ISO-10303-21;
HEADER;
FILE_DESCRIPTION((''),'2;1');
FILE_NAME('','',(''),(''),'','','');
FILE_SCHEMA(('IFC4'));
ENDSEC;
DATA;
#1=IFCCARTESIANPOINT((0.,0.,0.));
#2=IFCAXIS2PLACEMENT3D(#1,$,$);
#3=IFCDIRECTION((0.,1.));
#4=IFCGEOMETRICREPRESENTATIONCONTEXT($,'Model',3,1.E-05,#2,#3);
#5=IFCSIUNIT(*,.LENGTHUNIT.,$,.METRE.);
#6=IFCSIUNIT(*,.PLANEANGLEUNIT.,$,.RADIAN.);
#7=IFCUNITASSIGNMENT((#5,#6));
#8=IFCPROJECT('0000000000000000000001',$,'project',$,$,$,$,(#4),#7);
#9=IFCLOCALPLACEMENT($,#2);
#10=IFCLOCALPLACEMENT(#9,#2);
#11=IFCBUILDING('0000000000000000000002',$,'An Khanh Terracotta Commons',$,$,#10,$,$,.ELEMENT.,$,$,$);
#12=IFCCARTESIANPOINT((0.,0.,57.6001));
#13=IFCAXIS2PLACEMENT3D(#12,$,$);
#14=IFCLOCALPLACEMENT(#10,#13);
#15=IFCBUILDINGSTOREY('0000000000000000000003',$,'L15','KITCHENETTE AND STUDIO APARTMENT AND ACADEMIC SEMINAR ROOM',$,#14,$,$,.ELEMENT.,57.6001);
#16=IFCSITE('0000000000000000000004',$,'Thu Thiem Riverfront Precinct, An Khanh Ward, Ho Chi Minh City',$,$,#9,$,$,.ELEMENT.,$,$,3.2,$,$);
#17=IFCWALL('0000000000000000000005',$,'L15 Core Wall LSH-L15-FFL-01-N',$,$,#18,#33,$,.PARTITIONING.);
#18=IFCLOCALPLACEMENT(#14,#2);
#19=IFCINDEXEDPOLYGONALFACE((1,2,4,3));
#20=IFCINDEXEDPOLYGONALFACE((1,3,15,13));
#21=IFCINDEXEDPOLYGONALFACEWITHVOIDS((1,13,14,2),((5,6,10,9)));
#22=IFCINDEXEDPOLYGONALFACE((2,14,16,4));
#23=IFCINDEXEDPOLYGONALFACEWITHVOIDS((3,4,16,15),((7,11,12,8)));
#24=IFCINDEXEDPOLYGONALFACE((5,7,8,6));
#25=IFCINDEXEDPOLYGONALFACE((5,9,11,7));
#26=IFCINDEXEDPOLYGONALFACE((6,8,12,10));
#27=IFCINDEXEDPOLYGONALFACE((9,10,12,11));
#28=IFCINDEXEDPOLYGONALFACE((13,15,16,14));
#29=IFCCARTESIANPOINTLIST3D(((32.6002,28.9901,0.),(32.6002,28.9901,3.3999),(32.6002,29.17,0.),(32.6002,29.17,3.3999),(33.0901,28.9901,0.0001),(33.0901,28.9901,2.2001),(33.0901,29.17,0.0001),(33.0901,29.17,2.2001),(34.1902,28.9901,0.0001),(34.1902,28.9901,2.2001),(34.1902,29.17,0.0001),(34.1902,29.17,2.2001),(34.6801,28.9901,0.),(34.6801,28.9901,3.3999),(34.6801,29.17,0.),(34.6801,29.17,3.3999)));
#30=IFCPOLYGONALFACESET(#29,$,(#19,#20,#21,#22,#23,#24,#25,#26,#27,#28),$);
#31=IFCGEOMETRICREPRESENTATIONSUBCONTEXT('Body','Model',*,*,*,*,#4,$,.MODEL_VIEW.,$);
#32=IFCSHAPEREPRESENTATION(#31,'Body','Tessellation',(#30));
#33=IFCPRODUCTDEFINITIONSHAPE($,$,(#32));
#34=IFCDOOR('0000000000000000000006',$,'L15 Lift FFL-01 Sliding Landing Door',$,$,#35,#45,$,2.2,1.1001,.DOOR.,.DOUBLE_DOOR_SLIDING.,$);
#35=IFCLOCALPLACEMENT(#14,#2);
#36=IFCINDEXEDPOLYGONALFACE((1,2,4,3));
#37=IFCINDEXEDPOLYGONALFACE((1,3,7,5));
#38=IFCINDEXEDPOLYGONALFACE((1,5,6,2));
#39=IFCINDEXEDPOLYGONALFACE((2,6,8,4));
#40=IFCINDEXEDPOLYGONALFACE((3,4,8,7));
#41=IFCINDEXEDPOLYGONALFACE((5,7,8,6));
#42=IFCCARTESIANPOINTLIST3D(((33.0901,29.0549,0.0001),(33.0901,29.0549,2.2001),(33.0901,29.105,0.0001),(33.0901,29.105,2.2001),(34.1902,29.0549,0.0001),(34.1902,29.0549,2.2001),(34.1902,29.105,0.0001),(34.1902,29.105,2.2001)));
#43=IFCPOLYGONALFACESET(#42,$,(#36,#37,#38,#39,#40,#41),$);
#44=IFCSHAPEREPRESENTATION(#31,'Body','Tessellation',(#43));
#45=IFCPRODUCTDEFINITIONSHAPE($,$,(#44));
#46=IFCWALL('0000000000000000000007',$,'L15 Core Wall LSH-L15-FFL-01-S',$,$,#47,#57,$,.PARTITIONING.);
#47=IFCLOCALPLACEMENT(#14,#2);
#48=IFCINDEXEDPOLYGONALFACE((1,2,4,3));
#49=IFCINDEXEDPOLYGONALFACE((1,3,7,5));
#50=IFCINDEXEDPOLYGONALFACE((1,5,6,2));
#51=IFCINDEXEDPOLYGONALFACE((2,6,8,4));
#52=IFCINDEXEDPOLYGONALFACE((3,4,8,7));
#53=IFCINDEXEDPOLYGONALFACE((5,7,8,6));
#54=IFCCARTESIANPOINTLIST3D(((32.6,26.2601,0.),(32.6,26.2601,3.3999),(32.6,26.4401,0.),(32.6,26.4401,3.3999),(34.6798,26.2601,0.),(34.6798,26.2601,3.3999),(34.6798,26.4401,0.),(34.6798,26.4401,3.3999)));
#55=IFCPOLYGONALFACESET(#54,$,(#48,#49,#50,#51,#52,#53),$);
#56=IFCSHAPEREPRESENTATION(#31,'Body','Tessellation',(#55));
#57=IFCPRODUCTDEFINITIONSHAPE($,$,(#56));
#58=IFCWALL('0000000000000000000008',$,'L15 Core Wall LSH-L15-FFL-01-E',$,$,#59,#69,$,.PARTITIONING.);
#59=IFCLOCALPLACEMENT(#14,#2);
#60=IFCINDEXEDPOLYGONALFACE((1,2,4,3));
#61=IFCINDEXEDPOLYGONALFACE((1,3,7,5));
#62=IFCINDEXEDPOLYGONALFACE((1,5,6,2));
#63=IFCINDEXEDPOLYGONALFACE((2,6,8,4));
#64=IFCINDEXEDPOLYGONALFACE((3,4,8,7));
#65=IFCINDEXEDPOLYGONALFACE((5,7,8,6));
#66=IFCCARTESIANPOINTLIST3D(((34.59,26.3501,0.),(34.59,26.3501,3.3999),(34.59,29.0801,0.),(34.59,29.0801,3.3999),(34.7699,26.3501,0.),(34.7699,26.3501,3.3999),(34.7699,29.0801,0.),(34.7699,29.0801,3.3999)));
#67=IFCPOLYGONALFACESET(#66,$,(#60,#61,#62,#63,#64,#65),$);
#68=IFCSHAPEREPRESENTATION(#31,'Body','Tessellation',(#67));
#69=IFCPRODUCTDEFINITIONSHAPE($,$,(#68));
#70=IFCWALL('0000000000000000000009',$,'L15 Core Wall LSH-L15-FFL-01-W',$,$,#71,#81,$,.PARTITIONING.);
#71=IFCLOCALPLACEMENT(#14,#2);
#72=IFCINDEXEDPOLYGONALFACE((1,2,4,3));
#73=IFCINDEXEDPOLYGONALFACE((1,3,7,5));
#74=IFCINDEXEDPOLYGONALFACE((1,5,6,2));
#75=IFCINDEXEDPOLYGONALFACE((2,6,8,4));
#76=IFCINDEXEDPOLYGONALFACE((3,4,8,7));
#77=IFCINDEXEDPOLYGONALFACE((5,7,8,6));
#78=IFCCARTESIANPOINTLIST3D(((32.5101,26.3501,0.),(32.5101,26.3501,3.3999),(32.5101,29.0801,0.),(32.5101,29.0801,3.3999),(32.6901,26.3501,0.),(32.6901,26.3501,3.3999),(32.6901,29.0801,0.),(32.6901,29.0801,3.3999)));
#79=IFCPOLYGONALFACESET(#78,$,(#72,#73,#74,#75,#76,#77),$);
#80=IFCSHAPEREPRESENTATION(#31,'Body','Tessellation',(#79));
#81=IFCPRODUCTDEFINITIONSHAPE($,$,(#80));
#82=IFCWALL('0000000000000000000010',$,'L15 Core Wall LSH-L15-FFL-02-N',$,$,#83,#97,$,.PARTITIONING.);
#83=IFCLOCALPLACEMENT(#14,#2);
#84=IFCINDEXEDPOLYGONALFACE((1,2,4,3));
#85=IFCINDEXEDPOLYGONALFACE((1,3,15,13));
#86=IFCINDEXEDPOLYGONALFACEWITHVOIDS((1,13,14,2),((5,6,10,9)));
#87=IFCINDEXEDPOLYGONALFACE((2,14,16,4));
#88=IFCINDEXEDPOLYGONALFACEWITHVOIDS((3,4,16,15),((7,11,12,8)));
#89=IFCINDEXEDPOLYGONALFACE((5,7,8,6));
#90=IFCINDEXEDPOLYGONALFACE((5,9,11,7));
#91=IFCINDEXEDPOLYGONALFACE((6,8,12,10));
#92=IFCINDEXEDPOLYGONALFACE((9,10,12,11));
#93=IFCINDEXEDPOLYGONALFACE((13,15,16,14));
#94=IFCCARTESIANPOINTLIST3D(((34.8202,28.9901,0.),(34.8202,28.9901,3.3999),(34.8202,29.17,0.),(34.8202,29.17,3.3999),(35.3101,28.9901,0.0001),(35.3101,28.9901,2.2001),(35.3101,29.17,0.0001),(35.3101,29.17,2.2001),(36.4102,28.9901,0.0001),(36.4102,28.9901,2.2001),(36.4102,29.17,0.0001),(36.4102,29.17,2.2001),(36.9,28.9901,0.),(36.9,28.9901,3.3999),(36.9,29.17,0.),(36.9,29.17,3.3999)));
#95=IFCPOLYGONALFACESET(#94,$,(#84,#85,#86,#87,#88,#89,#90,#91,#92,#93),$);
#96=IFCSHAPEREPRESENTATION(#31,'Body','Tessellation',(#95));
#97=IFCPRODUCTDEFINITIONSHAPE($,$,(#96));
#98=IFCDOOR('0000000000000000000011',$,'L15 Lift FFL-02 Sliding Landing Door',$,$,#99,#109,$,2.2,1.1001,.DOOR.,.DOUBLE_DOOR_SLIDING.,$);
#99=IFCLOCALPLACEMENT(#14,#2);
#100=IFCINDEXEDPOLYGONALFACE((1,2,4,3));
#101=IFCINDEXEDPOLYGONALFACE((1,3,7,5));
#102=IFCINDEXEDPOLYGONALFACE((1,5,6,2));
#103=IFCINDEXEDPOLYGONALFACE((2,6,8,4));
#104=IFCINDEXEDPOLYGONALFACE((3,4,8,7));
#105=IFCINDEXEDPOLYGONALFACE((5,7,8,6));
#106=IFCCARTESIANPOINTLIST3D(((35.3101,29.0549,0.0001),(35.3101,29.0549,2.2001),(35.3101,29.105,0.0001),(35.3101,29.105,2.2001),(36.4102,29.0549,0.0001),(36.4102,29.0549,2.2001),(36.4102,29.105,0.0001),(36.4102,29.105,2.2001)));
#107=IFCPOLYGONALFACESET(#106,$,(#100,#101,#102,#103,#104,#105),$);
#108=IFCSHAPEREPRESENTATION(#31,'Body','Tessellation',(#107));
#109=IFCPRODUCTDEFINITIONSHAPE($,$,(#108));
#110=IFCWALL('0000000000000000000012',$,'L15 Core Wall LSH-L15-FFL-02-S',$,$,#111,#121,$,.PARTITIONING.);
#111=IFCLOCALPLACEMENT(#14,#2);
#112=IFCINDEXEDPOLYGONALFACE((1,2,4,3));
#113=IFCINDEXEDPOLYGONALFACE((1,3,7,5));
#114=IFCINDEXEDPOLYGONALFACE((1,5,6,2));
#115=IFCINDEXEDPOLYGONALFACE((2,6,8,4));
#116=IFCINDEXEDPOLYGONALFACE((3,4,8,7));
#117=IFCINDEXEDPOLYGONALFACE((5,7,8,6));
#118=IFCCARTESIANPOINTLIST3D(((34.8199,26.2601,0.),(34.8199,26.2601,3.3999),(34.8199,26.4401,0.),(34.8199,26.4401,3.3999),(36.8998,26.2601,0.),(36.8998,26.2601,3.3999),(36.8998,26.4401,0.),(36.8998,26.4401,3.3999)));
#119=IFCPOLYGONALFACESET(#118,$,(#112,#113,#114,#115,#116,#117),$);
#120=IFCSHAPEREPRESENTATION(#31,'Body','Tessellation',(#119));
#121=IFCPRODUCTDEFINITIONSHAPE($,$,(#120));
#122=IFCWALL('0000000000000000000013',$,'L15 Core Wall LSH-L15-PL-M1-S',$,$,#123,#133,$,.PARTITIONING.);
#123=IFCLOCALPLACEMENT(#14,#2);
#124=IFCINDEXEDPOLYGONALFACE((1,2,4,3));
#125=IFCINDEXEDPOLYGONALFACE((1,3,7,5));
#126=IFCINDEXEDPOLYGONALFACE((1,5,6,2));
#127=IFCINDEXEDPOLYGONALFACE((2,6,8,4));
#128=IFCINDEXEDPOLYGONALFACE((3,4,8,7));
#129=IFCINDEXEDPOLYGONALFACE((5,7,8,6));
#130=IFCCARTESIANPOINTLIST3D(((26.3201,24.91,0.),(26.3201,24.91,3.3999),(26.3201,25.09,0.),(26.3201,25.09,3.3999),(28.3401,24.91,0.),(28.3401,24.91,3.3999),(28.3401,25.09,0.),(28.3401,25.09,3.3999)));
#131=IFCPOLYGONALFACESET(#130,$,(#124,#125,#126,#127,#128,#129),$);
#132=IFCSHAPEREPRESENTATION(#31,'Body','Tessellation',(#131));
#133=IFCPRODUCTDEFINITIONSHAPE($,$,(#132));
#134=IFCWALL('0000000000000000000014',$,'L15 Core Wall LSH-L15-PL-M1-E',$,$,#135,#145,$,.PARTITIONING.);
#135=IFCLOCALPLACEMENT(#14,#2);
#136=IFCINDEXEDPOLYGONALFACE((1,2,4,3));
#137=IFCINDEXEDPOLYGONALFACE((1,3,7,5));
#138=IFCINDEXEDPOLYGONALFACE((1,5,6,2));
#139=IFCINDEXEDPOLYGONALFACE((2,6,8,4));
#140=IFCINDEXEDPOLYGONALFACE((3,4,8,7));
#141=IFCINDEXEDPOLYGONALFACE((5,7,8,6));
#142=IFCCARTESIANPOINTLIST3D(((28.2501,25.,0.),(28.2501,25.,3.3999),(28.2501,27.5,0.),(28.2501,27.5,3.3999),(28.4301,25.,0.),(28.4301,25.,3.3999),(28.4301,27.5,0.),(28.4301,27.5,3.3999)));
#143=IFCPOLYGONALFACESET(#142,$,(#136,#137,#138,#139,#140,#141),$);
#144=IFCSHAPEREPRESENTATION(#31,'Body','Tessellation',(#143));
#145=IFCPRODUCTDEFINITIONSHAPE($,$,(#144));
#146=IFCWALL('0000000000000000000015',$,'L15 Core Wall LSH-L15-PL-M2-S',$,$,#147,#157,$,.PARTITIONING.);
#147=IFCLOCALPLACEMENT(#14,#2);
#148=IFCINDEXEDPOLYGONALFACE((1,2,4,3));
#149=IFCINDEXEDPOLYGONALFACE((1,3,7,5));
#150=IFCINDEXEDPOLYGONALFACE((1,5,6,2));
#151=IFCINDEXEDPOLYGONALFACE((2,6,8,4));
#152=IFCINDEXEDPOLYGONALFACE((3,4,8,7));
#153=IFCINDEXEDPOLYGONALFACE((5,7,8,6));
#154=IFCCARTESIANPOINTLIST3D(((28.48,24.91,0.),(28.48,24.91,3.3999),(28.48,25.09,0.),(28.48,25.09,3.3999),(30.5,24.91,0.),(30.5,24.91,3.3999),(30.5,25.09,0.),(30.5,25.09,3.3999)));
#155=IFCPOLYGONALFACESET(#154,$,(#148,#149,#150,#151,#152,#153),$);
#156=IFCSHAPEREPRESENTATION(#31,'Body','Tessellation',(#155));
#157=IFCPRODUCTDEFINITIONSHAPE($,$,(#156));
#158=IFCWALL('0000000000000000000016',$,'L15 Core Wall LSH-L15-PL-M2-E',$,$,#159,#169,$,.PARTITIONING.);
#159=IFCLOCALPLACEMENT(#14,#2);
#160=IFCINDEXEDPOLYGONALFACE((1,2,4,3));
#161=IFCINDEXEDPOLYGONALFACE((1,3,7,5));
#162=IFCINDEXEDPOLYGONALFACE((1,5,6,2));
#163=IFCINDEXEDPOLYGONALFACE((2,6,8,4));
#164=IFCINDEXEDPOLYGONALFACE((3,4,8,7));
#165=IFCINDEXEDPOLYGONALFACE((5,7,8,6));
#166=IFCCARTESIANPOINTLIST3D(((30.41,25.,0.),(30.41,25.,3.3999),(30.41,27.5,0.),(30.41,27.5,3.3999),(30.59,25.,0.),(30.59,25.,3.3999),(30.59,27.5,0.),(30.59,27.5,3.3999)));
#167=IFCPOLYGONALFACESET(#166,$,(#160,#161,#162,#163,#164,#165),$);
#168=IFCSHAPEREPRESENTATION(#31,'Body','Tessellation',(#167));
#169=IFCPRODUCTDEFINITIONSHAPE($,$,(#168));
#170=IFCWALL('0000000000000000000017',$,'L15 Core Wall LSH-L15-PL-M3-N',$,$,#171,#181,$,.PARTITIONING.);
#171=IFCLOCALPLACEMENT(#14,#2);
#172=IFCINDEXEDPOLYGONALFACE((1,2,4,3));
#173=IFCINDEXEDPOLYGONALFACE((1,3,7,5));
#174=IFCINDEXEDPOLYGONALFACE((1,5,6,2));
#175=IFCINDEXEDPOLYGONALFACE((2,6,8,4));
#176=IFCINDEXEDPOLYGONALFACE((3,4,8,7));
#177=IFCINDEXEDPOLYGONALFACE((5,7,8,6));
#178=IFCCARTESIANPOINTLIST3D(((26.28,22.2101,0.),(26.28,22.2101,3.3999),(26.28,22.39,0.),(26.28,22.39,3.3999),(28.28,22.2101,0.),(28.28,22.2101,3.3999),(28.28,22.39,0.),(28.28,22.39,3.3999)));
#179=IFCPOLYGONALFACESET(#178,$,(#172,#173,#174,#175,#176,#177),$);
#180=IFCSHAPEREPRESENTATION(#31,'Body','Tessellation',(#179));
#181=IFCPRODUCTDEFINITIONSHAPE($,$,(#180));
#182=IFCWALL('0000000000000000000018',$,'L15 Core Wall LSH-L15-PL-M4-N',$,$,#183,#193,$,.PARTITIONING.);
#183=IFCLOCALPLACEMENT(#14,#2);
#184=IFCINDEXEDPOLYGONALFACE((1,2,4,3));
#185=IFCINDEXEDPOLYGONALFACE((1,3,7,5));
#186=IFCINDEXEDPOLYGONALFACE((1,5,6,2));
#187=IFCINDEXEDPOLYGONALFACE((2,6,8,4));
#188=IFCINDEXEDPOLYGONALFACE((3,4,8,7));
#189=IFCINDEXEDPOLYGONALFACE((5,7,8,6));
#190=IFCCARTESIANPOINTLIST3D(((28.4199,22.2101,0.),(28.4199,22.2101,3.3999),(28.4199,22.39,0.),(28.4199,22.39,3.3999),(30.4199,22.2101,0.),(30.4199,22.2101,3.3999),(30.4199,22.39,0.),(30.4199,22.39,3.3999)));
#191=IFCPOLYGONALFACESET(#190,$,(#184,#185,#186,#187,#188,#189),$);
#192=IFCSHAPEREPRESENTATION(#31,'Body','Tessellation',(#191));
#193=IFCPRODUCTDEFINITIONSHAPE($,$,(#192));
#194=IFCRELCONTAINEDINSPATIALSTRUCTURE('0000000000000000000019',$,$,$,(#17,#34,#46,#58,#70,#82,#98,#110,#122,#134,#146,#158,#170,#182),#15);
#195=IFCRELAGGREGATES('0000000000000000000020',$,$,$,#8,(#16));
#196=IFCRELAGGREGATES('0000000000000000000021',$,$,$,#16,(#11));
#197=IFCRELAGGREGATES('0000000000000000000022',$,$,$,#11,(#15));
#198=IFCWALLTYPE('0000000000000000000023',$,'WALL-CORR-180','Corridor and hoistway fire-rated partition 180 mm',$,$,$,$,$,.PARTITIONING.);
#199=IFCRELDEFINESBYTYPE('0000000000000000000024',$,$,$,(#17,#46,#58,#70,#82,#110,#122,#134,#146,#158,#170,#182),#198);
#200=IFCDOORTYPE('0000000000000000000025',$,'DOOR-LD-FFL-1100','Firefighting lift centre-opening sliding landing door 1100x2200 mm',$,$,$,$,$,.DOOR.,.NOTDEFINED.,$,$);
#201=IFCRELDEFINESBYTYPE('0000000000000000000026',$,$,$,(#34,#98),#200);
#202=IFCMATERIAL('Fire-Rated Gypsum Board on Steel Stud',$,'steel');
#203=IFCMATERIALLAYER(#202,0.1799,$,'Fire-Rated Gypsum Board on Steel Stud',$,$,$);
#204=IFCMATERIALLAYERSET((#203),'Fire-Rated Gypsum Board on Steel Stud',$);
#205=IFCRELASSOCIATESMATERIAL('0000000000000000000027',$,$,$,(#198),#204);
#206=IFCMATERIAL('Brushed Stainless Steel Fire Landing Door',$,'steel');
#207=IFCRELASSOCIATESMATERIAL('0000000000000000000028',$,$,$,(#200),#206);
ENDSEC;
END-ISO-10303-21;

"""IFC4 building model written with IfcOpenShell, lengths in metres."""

from ifc_helpers import new_model, si_unit, direction, frame, frame_2d, origin, place, context, subcontext, project, spatial, rectangle, extrude, material, layer, layer_set, type_object, element, fill, save


model = new_model("IFC4")

# Units and contexts
model_context = context("Model", 3, precision=1e-05, world=origin(), true_north=direction((0.0, 1.0)))
body_context = subcontext(model_context, "Body", "Model", "MODEL_VIEW")
ifc_project = project(units=[si_unit("LENGTHUNIT", "METRE"), si_unit("PLANEANGLEUNIT", "RADIAN")], contexts=[model_context])

# Site, building, storey
site_placement = place(None, origin())
site = spatial("IfcSite", under=ifc_project, at=site_placement, Name="Thu Thiem Riverfront Precinct, An Khanh Ward, Ho Chi Minh City", CompositionType="ELEMENT", RefElevation=3.2)
building_placement = place(site_placement, origin())
building = spatial("IfcBuilding", under=site, at=building_placement, Name="An Khanh Terracotta Commons", CompositionType="ELEMENT")
storey_placement = place(building_placement, frame((0.0, 0.0, 57.6001)))
storey = spatial("IfcBuildingStorey", under=building, at=storey_placement, Name="L15", Description="KITCHENETTE AND STUDIO APARTMENT AND ACADEMIC SEMINAR ROOM", CompositionType="ELEMENT", Elevation=57.6001)

# Wall, opening, door
ifc_material_1 = material(Name="Fire-Rated Gypsum Board on Steel Stud", Category="steel")
ifc_layer = layer(ifc_material_1, 0.1799, Name="Fire-Rated Gypsum Board on Steel Stud")
ifc_layer_set = layer_set([ifc_layer], Name="Fire-Rated Gypsum Board on Steel Stud")
wall_type = type_object("IfcWallType", Name="WALL-CORR-180", Description="Corridor and hoistway fire-rated partition 180 mm", PredefinedType="PARTITIONING", material=ifc_layer_set)
wall_1_placement = place(storey_placement, frame((32.6001, 29.0801, 0.0), z_axis=(0.0, 0.0, 1.0), x_axis=(1.0, 0.0, 0.0)))
wall_1 = element("IfcWall", 1, at=wall_1_placement, inside=storey, type_object=wall_type, Name="L15 Core Wall LSH-L15-FFL-01-N", PredefinedType="PARTITIONING", context=body_context, shape_type="SweptSolid", body=[
    extrude(rectangle(XDim=2.0798, YDim=0.1799, at=frame_2d((1.04, 0.0))), origin(), (0.0, 0.0, 1.0), 3.3999),
])
opening_1_placement = place(wall_1_placement, frame((0.49, 0.0, 0.0)))
opening_1 = element("IfcOpeningElement", 2, at=opening_1_placement, cuts=wall_1, PredefinedType="OPENING", context=body_context, shape_type="SweptSolid", body=[
    extrude(rectangle(XDim=1.1001, YDim=2.2, at=frame_2d((0.55, 1.1001))), frame((0.0, 0.0999, 0.0), z_axis=(0.0, -1.0, 0.0), x_axis=(1.0, 0.0, 0.0)), (0.0, 0.0, 1.0), 0.2),
])
ifc_material_2 = material(Name="Brushed Stainless Steel Fire Landing Door", Category="steel")
door_type = type_object("IfcDoorType", Name="DOOR-LD-FFL-1100", Description="Firefighting lift centre-opening sliding landing door 1100x2200 mm", OperationType="NOTDEFINED", PredefinedType="DOOR", material=ifc_material_2)
door_1_placement = place(opening_1_placement, origin())
door_1 = element("IfcDoor", 3, at=door_1_placement, inside=storey, type_object=door_type, Name="L15 Lift FFL-01 Sliding Landing Door", OperationType="DOUBLE_DOOR_SLIDING", OverallHeight=2.2, OverallWidth=1.1001, PredefinedType="DOOR", context=body_context, shape_type="SweptSolid", body=[
    extrude(rectangle(XDim=1.1001, YDim=2.2, at=frame_2d((0.55, 1.1001))), frame((0.0, 0.0249, 0.0), z_axis=(0.0, -1.0, 0.0), x_axis=(1.0, 0.0, 0.0)), (0.0, 0.0, 1.0), 0.05),
])
fill(opening_1, door_1)

# Walls
wall_2_placement = place(storey_placement, frame((34.6799, 26.3501, 0.0), z_axis=(0.0, 0.0, 1.0), x_axis=(-1.0, 0.0, 0.0)))
element("IfcWall", 4, at=wall_2_placement, inside=storey, type_object=wall_type, Name="L15 Core Wall LSH-L15-FFL-01-S", PredefinedType="PARTITIONING", context=body_context, shape_type="SweptSolid", body=[
    extrude(rectangle(XDim=2.0798, YDim=0.1799, at=frame_2d((1.04, 0.0))), origin(), (0.0, 0.0, 1.0), 3.3999),
])
for number, where, z_axis, x_axis, name in (
    (5, (34.6799, 26.3501, 0.0), (0.0, 0.0, 1.0), (0.0, 1.0, 0.0), "L15 Core Wall LSH-L15-FFL-01-E"),
    (6, (32.6001, 29.0801, 0.0), (0.0, 0.0, 1.0), (0.0, -1.0, 0.0), "L15 Core Wall LSH-L15-FFL-01-W"),
):
    element("IfcWall", number, at=place(storey_placement, frame(where, z_axis=z_axis, x_axis=x_axis)), inside=storey, type_object=wall_type, Name=name, PredefinedType="PARTITIONING", context=body_context, shape_type="SweptSolid", body=[
        extrude(rectangle(XDim=2.73, YDim=0.1799, at=frame_2d((1.365, 0.0))), origin(), (0.0, 0.0, 1.0), 3.3999),
    ])

# Wall, opening, door
wall_3_placement = place(storey_placement, frame((34.8201, 29.0801, 0.0), z_axis=(0.0, 0.0, 1.0), x_axis=(1.0, 0.0, 0.0)))
wall_3 = element("IfcWall", 7, at=wall_3_placement, inside=storey, type_object=wall_type, Name="L15 Core Wall LSH-L15-FFL-02-N", PredefinedType="PARTITIONING", context=body_context, shape_type="SweptSolid", body=[
    extrude(rectangle(XDim=2.0798, YDim=0.1799, at=frame_2d((1.04, 0.0))), origin(), (0.0, 0.0, 1.0), 3.3999),
])
opening_2_placement = place(wall_3_placement, frame((0.49, 0.0, 0.0)))
opening_2 = element("IfcOpeningElement", 8, at=opening_2_placement, cuts=wall_3, PredefinedType="OPENING", context=body_context, shape_type="SweptSolid", body=[
    extrude(rectangle(XDim=1.1001, YDim=2.2, at=frame_2d((0.55, 1.1001))), frame((0.0, 0.0999, 0.0), z_axis=(0.0, -1.0, 0.0), x_axis=(1.0, 0.0, 0.0)), (0.0, 0.0, 1.0), 0.2),
])
door_2_placement = place(opening_2_placement, origin())
door_2 = element("IfcDoor", 9, at=door_2_placement, inside=storey, type_object=door_type, Name="L15 Lift FFL-02 Sliding Landing Door", OperationType="DOUBLE_DOOR_SLIDING", OverallHeight=2.2, OverallWidth=1.1001, PredefinedType="DOOR", context=body_context, shape_type="SweptSolid", body=[
    extrude(rectangle(XDim=1.1001, YDim=2.2, at=frame_2d((0.55, 1.1001))), frame((0.0, 0.0249, 0.0), z_axis=(0.0, -1.0, 0.0), x_axis=(1.0, 0.0, 0.0)), (0.0, 0.0, 1.0), 0.05),
])
fill(opening_2, door_2)

# Walls
wall_4_placement = place(storey_placement, frame((36.8999, 26.3501, 0.0), z_axis=(0.0, 0.0, 1.0), x_axis=(-1.0, 0.0, 0.0)))
element("IfcWall", 10, at=wall_4_placement, inside=storey, type_object=wall_type, Name="L15 Core Wall LSH-L15-FFL-02-S", PredefinedType="PARTITIONING", context=body_context, shape_type="SweptSolid", body=[
    extrude(rectangle(XDim=2.0798, YDim=0.1799, at=frame_2d((1.04, 0.0))), origin(), (0.0, 0.0, 1.0), 3.3999),
])
wall_5_placement = place(storey_placement, frame((28.3401, 25.0, 0.0), z_axis=(0.0, 0.0, 1.0), x_axis=(-1.0, 0.0, 0.0)))
element("IfcWall", 11, at=wall_5_placement, inside=storey, type_object=wall_type, Name="L15 Core Wall LSH-L15-PL-M1-S", PredefinedType="PARTITIONING", context=body_context, shape_type="SweptSolid", body=[
    extrude(rectangle(XDim=2.02, YDim=0.1799, at=frame_2d((1.01, 0.0))), origin(), (0.0, 0.0, 1.0), 3.3999),
])
wall_6_placement = place(storey_placement, frame((28.3401, 25.0, 0.0), z_axis=(0.0, 0.0, 1.0), x_axis=(0.0, 1.0, 0.0)))
element("IfcWall", 12, at=wall_6_placement, inside=storey, type_object=wall_type, Name="L15 Core Wall LSH-L15-PL-M1-E", PredefinedType="PARTITIONING", context=body_context, shape_type="SweptSolid", body=[
    extrude(rectangle(XDim=2.5, YDim=0.1799, at=frame_2d((1.25, 0.0))), origin(), (0.0, 0.0, 1.0), 3.3999),
])
wall_7_placement = place(storey_placement, frame((30.5, 25.0, 0.0), z_axis=(0.0, 0.0, 1.0), x_axis=(-1.0, 0.0, 0.0)))
element("IfcWall", 13, at=wall_7_placement, inside=storey, type_object=wall_type, Name="L15 Core Wall LSH-L15-PL-M2-S", PredefinedType="PARTITIONING", context=body_context, shape_type="SweptSolid", body=[
    extrude(rectangle(XDim=2.02, YDim=0.1799, at=frame_2d((1.01, 0.0))), origin(), (0.0, 0.0, 1.0), 3.3999),
])
wall_8_placement = place(storey_placement, frame((30.5, 25.0, 0.0), z_axis=(0.0, 0.0, 1.0), x_axis=(0.0, 1.0, 0.0)))
element("IfcWall", 14, at=wall_8_placement, inside=storey, type_object=wall_type, Name="L15 Core Wall LSH-L15-PL-M2-E", PredefinedType="PARTITIONING", context=body_context, shape_type="SweptSolid", body=[
    extrude(rectangle(XDim=2.5, YDim=0.1799, at=frame_2d((1.25, 0.0))), origin(), (0.0, 0.0, 1.0), 3.3999),
])
for number, where, z_axis, x_axis, name in (
    (15, (26.28, 22.3, 0.0), (0.0, 0.0, 1.0), (1.0, 0.0, 0.0), "L15 Core Wall LSH-L15-PL-M3-N"),
    (16, (28.4199, 22.3, 0.0), (0.0, 0.0, 1.0), (1.0, 0.0, 0.0), "L15 Core Wall LSH-L15-PL-M4-N"),
):
    element("IfcWall", number, at=place(storey_placement, frame(where, z_axis=z_axis, x_axis=x_axis)), inside=storey, type_object=wall_type, Name=name, PredefinedType="PARTITIONING", context=body_context, shape_type="SweptSolid", body=[
        extrude(rectangle(XDim=2.0, YDim=0.1799, at=frame_2d((1.0, 0.0))), origin(), (0.0, 0.0, 1.0), 3.3999),
    ])

save(model, "model.ifc")
